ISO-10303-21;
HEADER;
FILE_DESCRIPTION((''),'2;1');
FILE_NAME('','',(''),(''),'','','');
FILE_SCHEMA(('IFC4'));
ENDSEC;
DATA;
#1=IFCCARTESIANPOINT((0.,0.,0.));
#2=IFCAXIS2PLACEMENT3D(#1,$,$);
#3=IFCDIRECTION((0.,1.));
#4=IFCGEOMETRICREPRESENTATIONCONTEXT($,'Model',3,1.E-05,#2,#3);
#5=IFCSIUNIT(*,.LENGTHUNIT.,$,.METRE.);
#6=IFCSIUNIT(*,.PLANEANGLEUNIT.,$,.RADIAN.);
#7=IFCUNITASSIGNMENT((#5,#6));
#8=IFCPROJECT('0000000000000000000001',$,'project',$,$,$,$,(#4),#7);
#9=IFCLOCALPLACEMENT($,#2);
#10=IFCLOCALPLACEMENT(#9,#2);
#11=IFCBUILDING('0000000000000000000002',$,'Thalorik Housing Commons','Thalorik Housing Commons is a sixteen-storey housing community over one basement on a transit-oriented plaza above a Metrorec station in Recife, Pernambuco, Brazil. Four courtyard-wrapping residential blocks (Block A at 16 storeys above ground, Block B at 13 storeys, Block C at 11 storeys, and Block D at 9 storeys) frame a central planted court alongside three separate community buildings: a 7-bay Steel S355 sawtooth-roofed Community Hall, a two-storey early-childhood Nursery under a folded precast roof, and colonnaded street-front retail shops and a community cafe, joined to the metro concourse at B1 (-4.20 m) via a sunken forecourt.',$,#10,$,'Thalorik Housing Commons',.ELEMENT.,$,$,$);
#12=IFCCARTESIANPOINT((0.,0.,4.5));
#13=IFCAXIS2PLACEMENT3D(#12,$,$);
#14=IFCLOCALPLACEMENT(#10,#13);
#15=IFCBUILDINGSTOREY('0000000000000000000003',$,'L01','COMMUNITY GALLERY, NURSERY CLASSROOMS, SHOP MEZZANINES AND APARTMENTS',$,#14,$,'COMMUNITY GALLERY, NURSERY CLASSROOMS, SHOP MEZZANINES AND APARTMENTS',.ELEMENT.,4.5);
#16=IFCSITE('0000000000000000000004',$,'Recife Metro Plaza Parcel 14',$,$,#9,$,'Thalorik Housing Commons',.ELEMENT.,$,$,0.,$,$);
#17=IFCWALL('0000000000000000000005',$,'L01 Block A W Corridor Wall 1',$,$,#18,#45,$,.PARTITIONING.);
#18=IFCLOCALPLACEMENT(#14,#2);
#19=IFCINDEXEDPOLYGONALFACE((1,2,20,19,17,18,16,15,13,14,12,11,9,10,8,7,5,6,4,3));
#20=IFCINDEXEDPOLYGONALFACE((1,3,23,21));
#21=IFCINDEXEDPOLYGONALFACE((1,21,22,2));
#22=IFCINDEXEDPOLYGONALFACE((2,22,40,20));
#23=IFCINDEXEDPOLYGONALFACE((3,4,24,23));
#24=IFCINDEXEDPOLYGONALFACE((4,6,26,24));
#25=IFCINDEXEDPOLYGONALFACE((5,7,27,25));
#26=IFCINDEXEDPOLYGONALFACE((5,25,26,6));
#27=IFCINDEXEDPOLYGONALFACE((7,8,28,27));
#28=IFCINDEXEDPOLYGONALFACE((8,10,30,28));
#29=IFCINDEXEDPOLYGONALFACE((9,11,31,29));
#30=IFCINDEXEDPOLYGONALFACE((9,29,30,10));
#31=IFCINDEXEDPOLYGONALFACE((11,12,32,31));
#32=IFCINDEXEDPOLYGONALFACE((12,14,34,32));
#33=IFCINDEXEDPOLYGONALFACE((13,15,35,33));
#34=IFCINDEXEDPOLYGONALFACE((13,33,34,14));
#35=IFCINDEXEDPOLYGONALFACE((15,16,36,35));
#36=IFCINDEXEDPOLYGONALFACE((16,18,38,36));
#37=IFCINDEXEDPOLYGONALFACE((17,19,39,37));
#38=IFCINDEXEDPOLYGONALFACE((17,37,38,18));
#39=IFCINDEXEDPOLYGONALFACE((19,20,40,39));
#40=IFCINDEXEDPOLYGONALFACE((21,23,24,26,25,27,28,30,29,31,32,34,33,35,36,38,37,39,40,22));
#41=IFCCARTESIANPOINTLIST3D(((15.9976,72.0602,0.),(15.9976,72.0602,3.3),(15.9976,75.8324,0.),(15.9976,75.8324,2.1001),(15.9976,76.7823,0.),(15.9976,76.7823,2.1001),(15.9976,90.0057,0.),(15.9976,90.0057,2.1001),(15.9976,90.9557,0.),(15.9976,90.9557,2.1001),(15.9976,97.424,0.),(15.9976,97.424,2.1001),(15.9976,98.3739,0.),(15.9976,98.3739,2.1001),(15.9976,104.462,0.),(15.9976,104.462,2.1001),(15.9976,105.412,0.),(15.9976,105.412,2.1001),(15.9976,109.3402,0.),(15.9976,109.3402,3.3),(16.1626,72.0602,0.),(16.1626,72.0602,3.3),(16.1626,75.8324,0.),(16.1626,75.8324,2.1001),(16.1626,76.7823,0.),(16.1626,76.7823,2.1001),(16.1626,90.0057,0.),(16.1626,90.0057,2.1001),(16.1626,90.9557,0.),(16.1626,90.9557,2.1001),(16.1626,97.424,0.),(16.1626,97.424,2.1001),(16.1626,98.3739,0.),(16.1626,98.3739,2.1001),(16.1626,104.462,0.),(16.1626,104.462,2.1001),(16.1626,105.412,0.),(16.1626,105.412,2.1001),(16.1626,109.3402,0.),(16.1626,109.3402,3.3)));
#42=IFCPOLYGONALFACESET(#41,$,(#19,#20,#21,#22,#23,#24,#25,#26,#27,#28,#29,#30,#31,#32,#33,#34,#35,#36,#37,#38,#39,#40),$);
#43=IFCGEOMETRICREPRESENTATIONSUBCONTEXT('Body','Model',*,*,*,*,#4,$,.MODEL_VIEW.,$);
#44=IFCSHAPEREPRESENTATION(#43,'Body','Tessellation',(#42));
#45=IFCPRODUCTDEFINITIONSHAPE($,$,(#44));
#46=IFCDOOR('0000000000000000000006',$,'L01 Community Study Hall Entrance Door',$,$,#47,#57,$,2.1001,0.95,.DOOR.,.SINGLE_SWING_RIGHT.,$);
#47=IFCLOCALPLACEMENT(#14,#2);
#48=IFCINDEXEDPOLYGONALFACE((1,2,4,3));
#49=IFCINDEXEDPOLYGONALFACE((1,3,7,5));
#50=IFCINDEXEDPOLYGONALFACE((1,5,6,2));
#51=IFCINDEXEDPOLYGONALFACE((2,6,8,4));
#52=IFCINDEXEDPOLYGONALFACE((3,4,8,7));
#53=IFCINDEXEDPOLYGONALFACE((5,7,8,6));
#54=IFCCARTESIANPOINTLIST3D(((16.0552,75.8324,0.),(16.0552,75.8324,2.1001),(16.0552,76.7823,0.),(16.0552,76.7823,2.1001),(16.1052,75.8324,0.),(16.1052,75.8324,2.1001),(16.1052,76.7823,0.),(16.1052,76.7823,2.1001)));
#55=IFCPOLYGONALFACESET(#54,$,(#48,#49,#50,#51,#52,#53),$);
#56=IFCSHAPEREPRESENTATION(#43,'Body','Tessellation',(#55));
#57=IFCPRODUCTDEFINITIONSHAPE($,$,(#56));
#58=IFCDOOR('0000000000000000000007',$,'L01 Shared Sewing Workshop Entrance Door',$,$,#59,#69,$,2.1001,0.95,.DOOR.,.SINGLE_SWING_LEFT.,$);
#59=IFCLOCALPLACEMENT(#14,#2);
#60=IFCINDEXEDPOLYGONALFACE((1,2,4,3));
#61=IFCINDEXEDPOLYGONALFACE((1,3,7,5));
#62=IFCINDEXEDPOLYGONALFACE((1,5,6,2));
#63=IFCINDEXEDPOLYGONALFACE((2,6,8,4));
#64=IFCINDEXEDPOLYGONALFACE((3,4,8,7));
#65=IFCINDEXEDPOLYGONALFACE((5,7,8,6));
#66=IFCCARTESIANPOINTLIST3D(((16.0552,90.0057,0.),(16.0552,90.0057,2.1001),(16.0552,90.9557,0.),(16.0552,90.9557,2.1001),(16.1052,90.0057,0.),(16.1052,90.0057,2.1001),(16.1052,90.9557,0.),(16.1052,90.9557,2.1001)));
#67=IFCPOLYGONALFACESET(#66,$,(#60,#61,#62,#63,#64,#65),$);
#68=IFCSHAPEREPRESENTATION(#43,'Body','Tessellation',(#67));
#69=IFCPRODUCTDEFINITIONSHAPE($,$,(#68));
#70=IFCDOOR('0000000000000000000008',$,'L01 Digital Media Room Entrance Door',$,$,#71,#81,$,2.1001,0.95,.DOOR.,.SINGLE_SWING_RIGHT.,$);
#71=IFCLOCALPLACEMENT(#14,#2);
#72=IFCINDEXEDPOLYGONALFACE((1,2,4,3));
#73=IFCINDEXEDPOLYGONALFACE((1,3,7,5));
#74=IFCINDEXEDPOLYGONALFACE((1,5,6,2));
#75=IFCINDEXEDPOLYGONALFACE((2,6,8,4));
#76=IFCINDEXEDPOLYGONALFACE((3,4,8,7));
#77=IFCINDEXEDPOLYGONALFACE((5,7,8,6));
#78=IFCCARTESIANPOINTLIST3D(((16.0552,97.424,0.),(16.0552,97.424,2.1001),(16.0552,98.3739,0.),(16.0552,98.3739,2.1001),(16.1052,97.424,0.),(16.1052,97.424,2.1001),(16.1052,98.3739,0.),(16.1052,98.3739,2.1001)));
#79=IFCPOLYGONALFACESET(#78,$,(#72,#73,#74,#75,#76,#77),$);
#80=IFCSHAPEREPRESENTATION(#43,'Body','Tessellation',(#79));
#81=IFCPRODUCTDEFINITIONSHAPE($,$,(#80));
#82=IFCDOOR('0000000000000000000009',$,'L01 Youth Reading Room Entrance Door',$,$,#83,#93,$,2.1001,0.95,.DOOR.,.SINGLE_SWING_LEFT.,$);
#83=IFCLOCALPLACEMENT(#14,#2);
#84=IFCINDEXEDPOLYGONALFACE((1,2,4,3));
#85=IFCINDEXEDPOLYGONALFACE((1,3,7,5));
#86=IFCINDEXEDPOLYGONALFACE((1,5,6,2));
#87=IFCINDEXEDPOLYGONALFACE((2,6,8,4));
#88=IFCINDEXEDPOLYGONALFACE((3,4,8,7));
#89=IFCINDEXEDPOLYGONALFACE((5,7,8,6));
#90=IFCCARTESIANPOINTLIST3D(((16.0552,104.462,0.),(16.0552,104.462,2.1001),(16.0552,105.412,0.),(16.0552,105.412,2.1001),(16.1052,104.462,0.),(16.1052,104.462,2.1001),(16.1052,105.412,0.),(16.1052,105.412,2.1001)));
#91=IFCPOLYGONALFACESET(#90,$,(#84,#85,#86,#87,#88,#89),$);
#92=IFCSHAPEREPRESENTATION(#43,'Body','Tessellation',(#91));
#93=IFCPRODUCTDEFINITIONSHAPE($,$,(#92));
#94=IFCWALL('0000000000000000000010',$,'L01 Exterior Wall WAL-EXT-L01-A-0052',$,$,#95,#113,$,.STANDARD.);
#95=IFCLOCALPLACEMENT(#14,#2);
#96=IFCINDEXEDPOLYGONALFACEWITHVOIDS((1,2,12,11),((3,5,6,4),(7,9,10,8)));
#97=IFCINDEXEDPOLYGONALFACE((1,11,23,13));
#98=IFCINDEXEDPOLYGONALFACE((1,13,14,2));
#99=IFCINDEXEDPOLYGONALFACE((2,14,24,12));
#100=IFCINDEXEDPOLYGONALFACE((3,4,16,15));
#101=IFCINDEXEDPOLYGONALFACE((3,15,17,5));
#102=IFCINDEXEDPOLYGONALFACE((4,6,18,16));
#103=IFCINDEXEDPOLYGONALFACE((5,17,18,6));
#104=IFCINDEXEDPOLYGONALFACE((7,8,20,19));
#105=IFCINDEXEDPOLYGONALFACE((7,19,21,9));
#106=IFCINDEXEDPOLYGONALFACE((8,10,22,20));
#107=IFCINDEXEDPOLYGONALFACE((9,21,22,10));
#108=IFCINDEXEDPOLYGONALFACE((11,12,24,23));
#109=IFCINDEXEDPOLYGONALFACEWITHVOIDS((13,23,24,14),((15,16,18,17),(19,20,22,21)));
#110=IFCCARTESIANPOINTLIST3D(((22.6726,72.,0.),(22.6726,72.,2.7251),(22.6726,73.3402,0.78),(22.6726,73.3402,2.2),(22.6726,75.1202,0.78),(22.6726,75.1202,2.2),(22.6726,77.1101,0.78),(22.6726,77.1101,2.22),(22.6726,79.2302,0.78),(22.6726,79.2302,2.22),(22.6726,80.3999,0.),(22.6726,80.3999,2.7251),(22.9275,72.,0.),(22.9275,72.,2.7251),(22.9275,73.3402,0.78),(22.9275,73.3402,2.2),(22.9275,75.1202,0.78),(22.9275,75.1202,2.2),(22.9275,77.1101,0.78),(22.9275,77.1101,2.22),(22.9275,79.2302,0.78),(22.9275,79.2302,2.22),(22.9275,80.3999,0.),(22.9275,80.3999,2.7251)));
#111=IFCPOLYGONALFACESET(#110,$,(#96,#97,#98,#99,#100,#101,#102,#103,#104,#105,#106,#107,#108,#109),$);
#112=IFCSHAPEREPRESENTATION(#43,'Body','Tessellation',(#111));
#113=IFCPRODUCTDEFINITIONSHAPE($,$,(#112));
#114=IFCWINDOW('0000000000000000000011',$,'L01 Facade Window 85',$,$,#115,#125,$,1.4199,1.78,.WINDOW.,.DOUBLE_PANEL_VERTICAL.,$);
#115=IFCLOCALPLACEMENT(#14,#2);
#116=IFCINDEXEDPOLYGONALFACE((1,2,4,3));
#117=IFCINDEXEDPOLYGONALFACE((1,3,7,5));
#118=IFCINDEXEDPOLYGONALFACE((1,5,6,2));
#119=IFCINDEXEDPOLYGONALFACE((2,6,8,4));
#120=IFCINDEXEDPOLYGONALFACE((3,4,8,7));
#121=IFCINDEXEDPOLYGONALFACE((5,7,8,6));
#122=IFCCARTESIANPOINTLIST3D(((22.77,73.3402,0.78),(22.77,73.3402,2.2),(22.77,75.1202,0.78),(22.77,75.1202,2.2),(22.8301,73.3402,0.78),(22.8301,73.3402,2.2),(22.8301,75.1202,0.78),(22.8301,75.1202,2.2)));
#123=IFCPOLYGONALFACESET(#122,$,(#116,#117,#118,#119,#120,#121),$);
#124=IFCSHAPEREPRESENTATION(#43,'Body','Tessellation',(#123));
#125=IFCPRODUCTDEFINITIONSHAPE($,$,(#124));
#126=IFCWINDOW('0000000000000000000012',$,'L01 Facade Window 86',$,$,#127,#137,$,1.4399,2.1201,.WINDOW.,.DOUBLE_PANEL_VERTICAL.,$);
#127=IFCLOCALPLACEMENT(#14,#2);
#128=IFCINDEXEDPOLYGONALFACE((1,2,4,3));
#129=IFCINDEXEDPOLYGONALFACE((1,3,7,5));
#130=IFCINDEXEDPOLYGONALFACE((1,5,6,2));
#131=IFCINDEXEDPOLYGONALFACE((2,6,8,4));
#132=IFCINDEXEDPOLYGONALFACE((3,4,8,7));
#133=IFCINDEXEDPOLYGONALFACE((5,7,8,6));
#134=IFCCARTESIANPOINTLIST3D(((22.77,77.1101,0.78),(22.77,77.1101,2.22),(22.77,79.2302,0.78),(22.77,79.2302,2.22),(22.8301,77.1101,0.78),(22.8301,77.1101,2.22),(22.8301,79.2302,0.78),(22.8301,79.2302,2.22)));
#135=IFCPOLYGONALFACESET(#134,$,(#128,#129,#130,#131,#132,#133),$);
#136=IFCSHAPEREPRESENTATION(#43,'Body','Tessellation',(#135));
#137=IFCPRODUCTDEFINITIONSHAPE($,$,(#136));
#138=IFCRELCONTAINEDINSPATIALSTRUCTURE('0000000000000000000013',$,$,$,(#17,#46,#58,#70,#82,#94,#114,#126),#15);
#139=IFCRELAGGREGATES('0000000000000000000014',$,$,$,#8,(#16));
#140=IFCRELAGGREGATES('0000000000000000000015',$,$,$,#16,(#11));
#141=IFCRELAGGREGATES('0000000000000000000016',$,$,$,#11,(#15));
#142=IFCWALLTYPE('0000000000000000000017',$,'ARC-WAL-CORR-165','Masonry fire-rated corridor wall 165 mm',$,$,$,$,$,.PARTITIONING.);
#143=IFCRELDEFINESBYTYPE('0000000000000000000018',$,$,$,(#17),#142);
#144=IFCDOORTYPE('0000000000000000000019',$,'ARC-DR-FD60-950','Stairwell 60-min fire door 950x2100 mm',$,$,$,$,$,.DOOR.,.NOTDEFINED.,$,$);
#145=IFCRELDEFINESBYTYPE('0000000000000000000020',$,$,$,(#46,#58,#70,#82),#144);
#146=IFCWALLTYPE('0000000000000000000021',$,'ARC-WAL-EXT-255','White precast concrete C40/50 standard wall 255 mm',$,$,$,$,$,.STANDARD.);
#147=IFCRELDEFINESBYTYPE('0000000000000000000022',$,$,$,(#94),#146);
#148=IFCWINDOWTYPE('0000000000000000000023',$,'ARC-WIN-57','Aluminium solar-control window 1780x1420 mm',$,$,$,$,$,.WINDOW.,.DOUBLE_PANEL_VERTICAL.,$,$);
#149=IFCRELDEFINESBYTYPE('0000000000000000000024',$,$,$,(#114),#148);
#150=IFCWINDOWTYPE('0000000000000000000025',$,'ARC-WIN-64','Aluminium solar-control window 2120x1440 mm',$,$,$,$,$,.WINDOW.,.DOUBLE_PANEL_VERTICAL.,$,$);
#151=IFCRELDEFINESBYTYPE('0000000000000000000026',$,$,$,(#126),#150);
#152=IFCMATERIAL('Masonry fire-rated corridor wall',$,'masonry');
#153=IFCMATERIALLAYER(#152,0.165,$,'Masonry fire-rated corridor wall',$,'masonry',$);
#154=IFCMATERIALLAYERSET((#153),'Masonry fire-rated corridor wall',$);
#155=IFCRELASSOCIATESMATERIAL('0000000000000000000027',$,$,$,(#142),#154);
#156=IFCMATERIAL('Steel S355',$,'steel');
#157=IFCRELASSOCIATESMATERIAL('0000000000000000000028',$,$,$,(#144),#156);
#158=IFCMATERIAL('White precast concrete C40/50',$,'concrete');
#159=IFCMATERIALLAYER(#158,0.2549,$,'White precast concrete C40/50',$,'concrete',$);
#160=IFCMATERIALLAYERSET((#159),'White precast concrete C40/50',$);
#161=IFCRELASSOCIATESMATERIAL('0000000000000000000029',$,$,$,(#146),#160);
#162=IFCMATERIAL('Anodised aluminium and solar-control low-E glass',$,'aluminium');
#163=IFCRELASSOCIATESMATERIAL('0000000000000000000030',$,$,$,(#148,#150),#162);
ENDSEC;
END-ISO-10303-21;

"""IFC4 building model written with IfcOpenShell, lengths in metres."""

from ifc_helpers import new_model, si_unit, direction, frame, frame_2d, origin, place, context, subcontext, project, spatial, rectangle, extrude, material, layer, layer_set, type_object, element, fill, save


model = new_model("IFC4")

# Units and contexts
model_context = context("Model", 3, precision=1e-05, world=origin(), true_north=direction((0.0, 1.0)))
body_context = subcontext(model_context, "Body", "Model", "MODEL_VIEW")
ifc_project = project(units=[si_unit("LENGTHUNIT", "METRE"), si_unit("PLANEANGLEUNIT", "RADIAN")], contexts=[model_context])

# Site, building, storey
site_placement = place(None, origin())
site = spatial("IfcSite", under=ifc_project, at=site_placement, Name="Recife Metro Plaza Parcel 14", LongName="Thalorik Housing Commons", CompositionType="ELEMENT", RefElevation=0.0)
building_placement = place(site_placement, origin())
building = spatial("IfcBuilding", under=site, at=building_placement, Name="Thalorik Housing Commons", Description="Thalorik Housing Commons is a sixteen-storey housing community over one basement on a transit-oriented plaza above a Metrorec station in Recife, Pernambuco, Brazil. Four courtyard-wrapping residential blocks (Block A at 16 storeys above ground, Block B at 13 storeys, Block C at 11 storeys, and Block D at 9 storeys) frame a central planted court alongside three separate community buildings: a 7-bay Steel S355 sawtooth-roofed Community Hall, a two-storey early-childhood Nursery under a folded precast roof, and colonnaded street-front retail shops and a community cafe, joined to the metro concourse at B1 (-4.20 m) via a sunken forecourt.", LongName="Thalorik Housing Commons", CompositionType="ELEMENT")
storey_placement = place(building_placement, frame((0.0, 0.0, 4.5)))
storey = spatial("IfcBuildingStorey", under=building, at=storey_placement, Name="L01", Description="COMMUNITY GALLERY, NURSERY CLASSROOMS, SHOP MEZZANINES AND APARTMENTS", LongName="COMMUNITY GALLERY, NURSERY CLASSROOMS, SHOP MEZZANINES AND APARTMENTS", CompositionType="ELEMENT", Elevation=4.5)

# Wall, openings, doors
ifc_material_1 = material(Name="Masonry fire-rated corridor wall", Category="masonry")
ifc_layer_1 = layer(ifc_material_1, 0.165, Name="Masonry fire-rated corridor wall", Category="masonry")
ifc_layer_set_1 = layer_set([ifc_layer_1], Name="Masonry fire-rated corridor wall")
wall_type_1 = type_object("IfcWallType", Name="ARC-WAL-CORR-165", Description="Masonry fire-rated corridor wall 165 mm", PredefinedType="PARTITIONING", material=ifc_layer_set_1)
wall_1_placement = place(storey_placement, frame((16.0801, 72.0601, 0.0), z_axis=(0.0, 0.0, 1.0), x_axis=(0.0, 1.0, 0.0)))
wall_1 = element("IfcWall", 1, at=wall_1_placement, inside=storey, type_object=wall_type_1, Name="L01 Block A W Corridor Wall 1", PredefinedType="PARTITIONING", context=body_context, shape_type="SweptSolid", body=[
    extrude(rectangle(XDim=37.28, YDim=0.165, at=frame_2d((18.6401, 0.0))), origin(), (0.0, 0.0, 1.0), 3.3),
])
opening_1_placement = place(wall_1_placement, frame((3.7722, 0.0, 0.0)))
opening_1 = element("IfcOpeningElement", 2, at=opening_1_placement, cuts=wall_1, PredefinedType="OPENING", context=body_context, shape_type="SweptSolid", body=[
    extrude(rectangle(XDim=0.95, YDim=2.1001, at=frame_2d((0.4751, 1.05))), frame((0.0, 0.0925, 0.0), z_axis=(0.0, -1.0, 0.0), x_axis=(1.0, 0.0, 0.0)), (0.0, 0.0, 1.0), 0.1851),
])
opening_2_placement = place(wall_1_placement, frame((17.9456, 0.0, 0.0)))
opening_2 = element("IfcOpeningElement", 3, at=opening_2_placement, cuts=wall_1, PredefinedType="OPENING", context=body_context, shape_type="SweptSolid", body=[
    extrude(rectangle(XDim=0.95, YDim=2.1001, at=frame_2d((0.4751, 1.05))), frame((0.0, 0.0925, 0.0), z_axis=(0.0, -1.0, 0.0), x_axis=(1.0, 0.0, 0.0)), (0.0, 0.0, 1.0), 0.1851),
])
opening_3_placement = place(wall_1_placement, frame((25.3638, 0.0, 0.0)))
opening_3 = element("IfcOpeningElement", 4, at=opening_3_placement, cuts=wall_1, PredefinedType="OPENING", context=body_context, shape_type="SweptSolid", body=[
    extrude(rectangle(XDim=0.95, YDim=2.1001, at=frame_2d((0.4751, 1.05))), frame((0.0, 0.0925, 0.0), z_axis=(0.0, -1.0, 0.0), x_axis=(1.0, 0.0, 0.0)), (0.0, 0.0, 1.0), 0.1851),
])
opening_4_placement = place(wall_1_placement, frame((32.4019, 0.0, 0.0)))
opening_4 = element("IfcOpeningElement", 5, at=opening_4_placement, cuts=wall_1, PredefinedType="OPENING", context=body_context, shape_type="SweptSolid", body=[
    extrude(rectangle(XDim=0.95, YDim=2.1001, at=frame_2d((0.4751, 1.05))), frame((0.0, 0.0925, 0.0), z_axis=(0.0, -1.0, 0.0), x_axis=(1.0, 0.0, 0.0)), (0.0, 0.0, 1.0), 0.1851),
])
ifc_material_2 = material(Name="Steel S355", Category="steel")
door_type_1 = type_object("IfcDoorType", Name="ARC-DR-FD60-950", Description="Stairwell 60-min fire door 950x2100 mm", OperationType="NOTDEFINED", PredefinedType="DOOR", material=ifc_material_2)
door_1_placement = place(opening_1_placement, origin())
door_1 = element("IfcDoor", 6, at=door_1_placement, inside=storey, type_object=door_type_1, Name="L01 Community Study Hall Entrance Door", OperationType="SINGLE_SWING_RIGHT", OverallHeight=2.1001, OverallWidth=0.95, PredefinedType="DOOR", context=body_context, shape_type="SweptSolid", body=[
    extrude(rectangle(XDim=0.95, YDim=2.1001, at=frame_2d((0.4751, 1.05))), frame((0.0, 0.0249, 0.0), z_axis=(0.0, -1.0, 0.0), x_axis=(1.0, 0.0, 0.0)), (0.0, 0.0, 1.0), 0.05),
])
fill(opening_1, door_1)
door_2_placement = place(opening_2_placement, origin())
door_2 = element("IfcDoor", 7, at=door_2_placement, inside=storey, type_object=door_type_1, Name="L01 Shared Sewing Workshop Entrance Door", OperationType="SINGLE_SWING_LEFT", OverallHeight=2.1001, OverallWidth=0.95, PredefinedType="DOOR", context=body_context, shape_type="SweptSolid", body=[
    extrude(rectangle(XDim=0.95, YDim=2.1001, at=frame_2d((0.4751, 1.05))), frame((0.0, 0.0249, 0.0), z_axis=(0.0, -1.0, 0.0), x_axis=(1.0, 0.0, 0.0)), (0.0, 0.0, 1.0), 0.05),
])
fill(opening_2, door_2)
door_3_placement = place(opening_3_placement, origin())
door_3 = element("IfcDoor", 8, at=door_3_placement, inside=storey, type_object=door_type_1, Name="L01 Digital Media Room Entrance Door", OperationType="SINGLE_SWING_RIGHT", OverallHeight=2.1001, OverallWidth=0.95, PredefinedType="DOOR", context=body_context, shape_type="SweptSolid", body=[
    extrude(rectangle(XDim=0.95, YDim=2.1001, at=frame_2d((0.4751, 1.05))), frame((0.0, 0.0249, 0.0), z_axis=(0.0, -1.0, 0.0), x_axis=(1.0, 0.0, 0.0)), (0.0, 0.0, 1.0), 0.05),
])
fill(opening_3, door_3)
door_4_placement = place(opening_4_placement, origin())
door_4 = element("IfcDoor", 9, at=door_4_placement, inside=storey, type_object=door_type_1, Name="L01 Youth Reading Room Entrance Door", OperationType="SINGLE_SWING_LEFT", OverallHeight=2.1001, OverallWidth=0.95, PredefinedType="DOOR", context=body_context, shape_type="SweptSolid", body=[
    extrude(rectangle(XDim=0.95, YDim=2.1001, at=frame_2d((0.4751, 1.05))), frame((0.0, 0.0249, 0.0), z_axis=(0.0, -1.0, 0.0), x_axis=(1.0, 0.0, 0.0)), (0.0, 0.0, 1.0), 0.05),
])
fill(opening_4, door_4)

# Wall, openings, windows
ifc_material_3 = material(Name="White precast concrete C40/50", Category="concrete")
ifc_layer_2 = layer(ifc_material_3, 0.2549, Name="White precast concrete C40/50", Category="concrete")
ifc_layer_set_2 = layer_set([ifc_layer_2], Name="White precast concrete C40/50")
wall_type_2 = type_object("IfcWallType", Name="ARC-WAL-EXT-255", Description="White precast concrete C40/50 standard wall 255 mm", PredefinedType="STANDARD", material=ifc_layer_set_2)
wall_2_placement = place(storey_placement, frame((22.8, 72.0, 0.0), z_axis=(0.0, 0.0, 1.0), x_axis=(0.0, 1.0, 0.0)))
wall_2 = element("IfcWall", 10, at=wall_2_placement, inside=storey, type_object=wall_type_2, Name="L01 Exterior Wall WAL-EXT-L01-A-0052", PredefinedType="STANDARD", context=body_context, shape_type="SweptSolid", body=[
    extrude(rectangle(XDim=8.3999, YDim=0.2549, at=frame_2d((4.2, 0.0))), origin(), (0.0, 0.0, 1.0), 2.7251),
])
opening_5_placement = place(wall_2_placement, frame((1.3401, 0.0, 0.78)))
opening_5 = element("IfcOpeningElement", 11, at=opening_5_placement, cuts=wall_2, PredefinedType="OPENING", context=body_context, shape_type="SweptSolid", body=[
    extrude(rectangle(XDim=1.78, YDim=1.4199, at=frame_2d((0.8901, 0.71))), frame((0.0, 0.1375, 0.0), z_axis=(0.0, -1.0, 0.0), x_axis=(1.0, 0.0, 0.0)), (0.0, 0.0, 1.0), 0.2749),
])
opening_6_placement = place(wall_2_placement, frame((5.1101, 0.0, 0.78)))
opening_6 = element("IfcOpeningElement", 12, at=opening_6_placement, cuts=wall_2, PredefinedType="OPENING", context=body_context, shape_type="SweptSolid", body=[
    extrude(rectangle(XDim=2.1201, YDim=1.4399, at=frame_2d((1.0601, 0.72))), frame((0.0, 0.1375, 0.0), z_axis=(0.0, -1.0, 0.0), x_axis=(1.0, 0.0, 0.0)), (0.0, 0.0, 1.0), 0.2749),
])
ifc_material_4 = material(Name="Anodised aluminium and solar-control low-E glass", Category="aluminium")
window_type_1 = type_object("IfcWindowType", Name="ARC-WIN-57", Description="Aluminium solar-control window 1780x1420 mm", PartitioningType="DOUBLE_PANEL_VERTICAL", PredefinedType="WINDOW", material=ifc_material_4)
window_1_placement = place(opening_5_placement, origin())
window_1 = element("IfcWindow", 13, at=window_1_placement, inside=storey, type_object=window_type_1, Name="L01 Facade Window 85", OverallHeight=1.4199, OverallWidth=1.78, PartitioningType="DOUBLE_PANEL_VERTICAL", PredefinedType="WINDOW", context=body_context, shape_type="SweptSolid", body=[
    extrude(rectangle(XDim=1.78, YDim=1.4199, at=frame_2d((0.8901, 0.71))), frame((0.0, 0.03, 0.0), z_axis=(0.0, -1.0, 0.0), x_axis=(1.0, 0.0, 0.0)), (0.0, 0.0, 1.0), 0.0601),
])
fill(opening_5, window_1)
window_type_2 = type_object("IfcWindowType", Name="ARC-WIN-64", Description="Aluminium solar-control window 2120x1440 mm", PartitioningType="DOUBLE_PANEL_VERTICAL", PredefinedType="WINDOW", material=ifc_material_4)
window_2_placement = place(opening_6_placement, origin())
window_2 = element("IfcWindow", 14, at=window_2_placement, inside=storey, type_object=window_type_2, Name="L01 Facade Window 86", OverallHeight=1.4399, OverallWidth=2.1201, PartitioningType="DOUBLE_PANEL_VERTICAL", PredefinedType="WINDOW", context=body_context, shape_type="SweptSolid", body=[
    extrude(rectangle(XDim=2.1201, YDim=1.4399, at=frame_2d((1.0601, 0.72))), frame((0.0, 0.03, 0.0), z_axis=(0.0, -1.0, 0.0), x_axis=(1.0, 0.0, 0.0)), (0.0, 0.0, 1.0), 0.0601),
])
fill(opening_6, window_2)

save(model, "model.ifc")
